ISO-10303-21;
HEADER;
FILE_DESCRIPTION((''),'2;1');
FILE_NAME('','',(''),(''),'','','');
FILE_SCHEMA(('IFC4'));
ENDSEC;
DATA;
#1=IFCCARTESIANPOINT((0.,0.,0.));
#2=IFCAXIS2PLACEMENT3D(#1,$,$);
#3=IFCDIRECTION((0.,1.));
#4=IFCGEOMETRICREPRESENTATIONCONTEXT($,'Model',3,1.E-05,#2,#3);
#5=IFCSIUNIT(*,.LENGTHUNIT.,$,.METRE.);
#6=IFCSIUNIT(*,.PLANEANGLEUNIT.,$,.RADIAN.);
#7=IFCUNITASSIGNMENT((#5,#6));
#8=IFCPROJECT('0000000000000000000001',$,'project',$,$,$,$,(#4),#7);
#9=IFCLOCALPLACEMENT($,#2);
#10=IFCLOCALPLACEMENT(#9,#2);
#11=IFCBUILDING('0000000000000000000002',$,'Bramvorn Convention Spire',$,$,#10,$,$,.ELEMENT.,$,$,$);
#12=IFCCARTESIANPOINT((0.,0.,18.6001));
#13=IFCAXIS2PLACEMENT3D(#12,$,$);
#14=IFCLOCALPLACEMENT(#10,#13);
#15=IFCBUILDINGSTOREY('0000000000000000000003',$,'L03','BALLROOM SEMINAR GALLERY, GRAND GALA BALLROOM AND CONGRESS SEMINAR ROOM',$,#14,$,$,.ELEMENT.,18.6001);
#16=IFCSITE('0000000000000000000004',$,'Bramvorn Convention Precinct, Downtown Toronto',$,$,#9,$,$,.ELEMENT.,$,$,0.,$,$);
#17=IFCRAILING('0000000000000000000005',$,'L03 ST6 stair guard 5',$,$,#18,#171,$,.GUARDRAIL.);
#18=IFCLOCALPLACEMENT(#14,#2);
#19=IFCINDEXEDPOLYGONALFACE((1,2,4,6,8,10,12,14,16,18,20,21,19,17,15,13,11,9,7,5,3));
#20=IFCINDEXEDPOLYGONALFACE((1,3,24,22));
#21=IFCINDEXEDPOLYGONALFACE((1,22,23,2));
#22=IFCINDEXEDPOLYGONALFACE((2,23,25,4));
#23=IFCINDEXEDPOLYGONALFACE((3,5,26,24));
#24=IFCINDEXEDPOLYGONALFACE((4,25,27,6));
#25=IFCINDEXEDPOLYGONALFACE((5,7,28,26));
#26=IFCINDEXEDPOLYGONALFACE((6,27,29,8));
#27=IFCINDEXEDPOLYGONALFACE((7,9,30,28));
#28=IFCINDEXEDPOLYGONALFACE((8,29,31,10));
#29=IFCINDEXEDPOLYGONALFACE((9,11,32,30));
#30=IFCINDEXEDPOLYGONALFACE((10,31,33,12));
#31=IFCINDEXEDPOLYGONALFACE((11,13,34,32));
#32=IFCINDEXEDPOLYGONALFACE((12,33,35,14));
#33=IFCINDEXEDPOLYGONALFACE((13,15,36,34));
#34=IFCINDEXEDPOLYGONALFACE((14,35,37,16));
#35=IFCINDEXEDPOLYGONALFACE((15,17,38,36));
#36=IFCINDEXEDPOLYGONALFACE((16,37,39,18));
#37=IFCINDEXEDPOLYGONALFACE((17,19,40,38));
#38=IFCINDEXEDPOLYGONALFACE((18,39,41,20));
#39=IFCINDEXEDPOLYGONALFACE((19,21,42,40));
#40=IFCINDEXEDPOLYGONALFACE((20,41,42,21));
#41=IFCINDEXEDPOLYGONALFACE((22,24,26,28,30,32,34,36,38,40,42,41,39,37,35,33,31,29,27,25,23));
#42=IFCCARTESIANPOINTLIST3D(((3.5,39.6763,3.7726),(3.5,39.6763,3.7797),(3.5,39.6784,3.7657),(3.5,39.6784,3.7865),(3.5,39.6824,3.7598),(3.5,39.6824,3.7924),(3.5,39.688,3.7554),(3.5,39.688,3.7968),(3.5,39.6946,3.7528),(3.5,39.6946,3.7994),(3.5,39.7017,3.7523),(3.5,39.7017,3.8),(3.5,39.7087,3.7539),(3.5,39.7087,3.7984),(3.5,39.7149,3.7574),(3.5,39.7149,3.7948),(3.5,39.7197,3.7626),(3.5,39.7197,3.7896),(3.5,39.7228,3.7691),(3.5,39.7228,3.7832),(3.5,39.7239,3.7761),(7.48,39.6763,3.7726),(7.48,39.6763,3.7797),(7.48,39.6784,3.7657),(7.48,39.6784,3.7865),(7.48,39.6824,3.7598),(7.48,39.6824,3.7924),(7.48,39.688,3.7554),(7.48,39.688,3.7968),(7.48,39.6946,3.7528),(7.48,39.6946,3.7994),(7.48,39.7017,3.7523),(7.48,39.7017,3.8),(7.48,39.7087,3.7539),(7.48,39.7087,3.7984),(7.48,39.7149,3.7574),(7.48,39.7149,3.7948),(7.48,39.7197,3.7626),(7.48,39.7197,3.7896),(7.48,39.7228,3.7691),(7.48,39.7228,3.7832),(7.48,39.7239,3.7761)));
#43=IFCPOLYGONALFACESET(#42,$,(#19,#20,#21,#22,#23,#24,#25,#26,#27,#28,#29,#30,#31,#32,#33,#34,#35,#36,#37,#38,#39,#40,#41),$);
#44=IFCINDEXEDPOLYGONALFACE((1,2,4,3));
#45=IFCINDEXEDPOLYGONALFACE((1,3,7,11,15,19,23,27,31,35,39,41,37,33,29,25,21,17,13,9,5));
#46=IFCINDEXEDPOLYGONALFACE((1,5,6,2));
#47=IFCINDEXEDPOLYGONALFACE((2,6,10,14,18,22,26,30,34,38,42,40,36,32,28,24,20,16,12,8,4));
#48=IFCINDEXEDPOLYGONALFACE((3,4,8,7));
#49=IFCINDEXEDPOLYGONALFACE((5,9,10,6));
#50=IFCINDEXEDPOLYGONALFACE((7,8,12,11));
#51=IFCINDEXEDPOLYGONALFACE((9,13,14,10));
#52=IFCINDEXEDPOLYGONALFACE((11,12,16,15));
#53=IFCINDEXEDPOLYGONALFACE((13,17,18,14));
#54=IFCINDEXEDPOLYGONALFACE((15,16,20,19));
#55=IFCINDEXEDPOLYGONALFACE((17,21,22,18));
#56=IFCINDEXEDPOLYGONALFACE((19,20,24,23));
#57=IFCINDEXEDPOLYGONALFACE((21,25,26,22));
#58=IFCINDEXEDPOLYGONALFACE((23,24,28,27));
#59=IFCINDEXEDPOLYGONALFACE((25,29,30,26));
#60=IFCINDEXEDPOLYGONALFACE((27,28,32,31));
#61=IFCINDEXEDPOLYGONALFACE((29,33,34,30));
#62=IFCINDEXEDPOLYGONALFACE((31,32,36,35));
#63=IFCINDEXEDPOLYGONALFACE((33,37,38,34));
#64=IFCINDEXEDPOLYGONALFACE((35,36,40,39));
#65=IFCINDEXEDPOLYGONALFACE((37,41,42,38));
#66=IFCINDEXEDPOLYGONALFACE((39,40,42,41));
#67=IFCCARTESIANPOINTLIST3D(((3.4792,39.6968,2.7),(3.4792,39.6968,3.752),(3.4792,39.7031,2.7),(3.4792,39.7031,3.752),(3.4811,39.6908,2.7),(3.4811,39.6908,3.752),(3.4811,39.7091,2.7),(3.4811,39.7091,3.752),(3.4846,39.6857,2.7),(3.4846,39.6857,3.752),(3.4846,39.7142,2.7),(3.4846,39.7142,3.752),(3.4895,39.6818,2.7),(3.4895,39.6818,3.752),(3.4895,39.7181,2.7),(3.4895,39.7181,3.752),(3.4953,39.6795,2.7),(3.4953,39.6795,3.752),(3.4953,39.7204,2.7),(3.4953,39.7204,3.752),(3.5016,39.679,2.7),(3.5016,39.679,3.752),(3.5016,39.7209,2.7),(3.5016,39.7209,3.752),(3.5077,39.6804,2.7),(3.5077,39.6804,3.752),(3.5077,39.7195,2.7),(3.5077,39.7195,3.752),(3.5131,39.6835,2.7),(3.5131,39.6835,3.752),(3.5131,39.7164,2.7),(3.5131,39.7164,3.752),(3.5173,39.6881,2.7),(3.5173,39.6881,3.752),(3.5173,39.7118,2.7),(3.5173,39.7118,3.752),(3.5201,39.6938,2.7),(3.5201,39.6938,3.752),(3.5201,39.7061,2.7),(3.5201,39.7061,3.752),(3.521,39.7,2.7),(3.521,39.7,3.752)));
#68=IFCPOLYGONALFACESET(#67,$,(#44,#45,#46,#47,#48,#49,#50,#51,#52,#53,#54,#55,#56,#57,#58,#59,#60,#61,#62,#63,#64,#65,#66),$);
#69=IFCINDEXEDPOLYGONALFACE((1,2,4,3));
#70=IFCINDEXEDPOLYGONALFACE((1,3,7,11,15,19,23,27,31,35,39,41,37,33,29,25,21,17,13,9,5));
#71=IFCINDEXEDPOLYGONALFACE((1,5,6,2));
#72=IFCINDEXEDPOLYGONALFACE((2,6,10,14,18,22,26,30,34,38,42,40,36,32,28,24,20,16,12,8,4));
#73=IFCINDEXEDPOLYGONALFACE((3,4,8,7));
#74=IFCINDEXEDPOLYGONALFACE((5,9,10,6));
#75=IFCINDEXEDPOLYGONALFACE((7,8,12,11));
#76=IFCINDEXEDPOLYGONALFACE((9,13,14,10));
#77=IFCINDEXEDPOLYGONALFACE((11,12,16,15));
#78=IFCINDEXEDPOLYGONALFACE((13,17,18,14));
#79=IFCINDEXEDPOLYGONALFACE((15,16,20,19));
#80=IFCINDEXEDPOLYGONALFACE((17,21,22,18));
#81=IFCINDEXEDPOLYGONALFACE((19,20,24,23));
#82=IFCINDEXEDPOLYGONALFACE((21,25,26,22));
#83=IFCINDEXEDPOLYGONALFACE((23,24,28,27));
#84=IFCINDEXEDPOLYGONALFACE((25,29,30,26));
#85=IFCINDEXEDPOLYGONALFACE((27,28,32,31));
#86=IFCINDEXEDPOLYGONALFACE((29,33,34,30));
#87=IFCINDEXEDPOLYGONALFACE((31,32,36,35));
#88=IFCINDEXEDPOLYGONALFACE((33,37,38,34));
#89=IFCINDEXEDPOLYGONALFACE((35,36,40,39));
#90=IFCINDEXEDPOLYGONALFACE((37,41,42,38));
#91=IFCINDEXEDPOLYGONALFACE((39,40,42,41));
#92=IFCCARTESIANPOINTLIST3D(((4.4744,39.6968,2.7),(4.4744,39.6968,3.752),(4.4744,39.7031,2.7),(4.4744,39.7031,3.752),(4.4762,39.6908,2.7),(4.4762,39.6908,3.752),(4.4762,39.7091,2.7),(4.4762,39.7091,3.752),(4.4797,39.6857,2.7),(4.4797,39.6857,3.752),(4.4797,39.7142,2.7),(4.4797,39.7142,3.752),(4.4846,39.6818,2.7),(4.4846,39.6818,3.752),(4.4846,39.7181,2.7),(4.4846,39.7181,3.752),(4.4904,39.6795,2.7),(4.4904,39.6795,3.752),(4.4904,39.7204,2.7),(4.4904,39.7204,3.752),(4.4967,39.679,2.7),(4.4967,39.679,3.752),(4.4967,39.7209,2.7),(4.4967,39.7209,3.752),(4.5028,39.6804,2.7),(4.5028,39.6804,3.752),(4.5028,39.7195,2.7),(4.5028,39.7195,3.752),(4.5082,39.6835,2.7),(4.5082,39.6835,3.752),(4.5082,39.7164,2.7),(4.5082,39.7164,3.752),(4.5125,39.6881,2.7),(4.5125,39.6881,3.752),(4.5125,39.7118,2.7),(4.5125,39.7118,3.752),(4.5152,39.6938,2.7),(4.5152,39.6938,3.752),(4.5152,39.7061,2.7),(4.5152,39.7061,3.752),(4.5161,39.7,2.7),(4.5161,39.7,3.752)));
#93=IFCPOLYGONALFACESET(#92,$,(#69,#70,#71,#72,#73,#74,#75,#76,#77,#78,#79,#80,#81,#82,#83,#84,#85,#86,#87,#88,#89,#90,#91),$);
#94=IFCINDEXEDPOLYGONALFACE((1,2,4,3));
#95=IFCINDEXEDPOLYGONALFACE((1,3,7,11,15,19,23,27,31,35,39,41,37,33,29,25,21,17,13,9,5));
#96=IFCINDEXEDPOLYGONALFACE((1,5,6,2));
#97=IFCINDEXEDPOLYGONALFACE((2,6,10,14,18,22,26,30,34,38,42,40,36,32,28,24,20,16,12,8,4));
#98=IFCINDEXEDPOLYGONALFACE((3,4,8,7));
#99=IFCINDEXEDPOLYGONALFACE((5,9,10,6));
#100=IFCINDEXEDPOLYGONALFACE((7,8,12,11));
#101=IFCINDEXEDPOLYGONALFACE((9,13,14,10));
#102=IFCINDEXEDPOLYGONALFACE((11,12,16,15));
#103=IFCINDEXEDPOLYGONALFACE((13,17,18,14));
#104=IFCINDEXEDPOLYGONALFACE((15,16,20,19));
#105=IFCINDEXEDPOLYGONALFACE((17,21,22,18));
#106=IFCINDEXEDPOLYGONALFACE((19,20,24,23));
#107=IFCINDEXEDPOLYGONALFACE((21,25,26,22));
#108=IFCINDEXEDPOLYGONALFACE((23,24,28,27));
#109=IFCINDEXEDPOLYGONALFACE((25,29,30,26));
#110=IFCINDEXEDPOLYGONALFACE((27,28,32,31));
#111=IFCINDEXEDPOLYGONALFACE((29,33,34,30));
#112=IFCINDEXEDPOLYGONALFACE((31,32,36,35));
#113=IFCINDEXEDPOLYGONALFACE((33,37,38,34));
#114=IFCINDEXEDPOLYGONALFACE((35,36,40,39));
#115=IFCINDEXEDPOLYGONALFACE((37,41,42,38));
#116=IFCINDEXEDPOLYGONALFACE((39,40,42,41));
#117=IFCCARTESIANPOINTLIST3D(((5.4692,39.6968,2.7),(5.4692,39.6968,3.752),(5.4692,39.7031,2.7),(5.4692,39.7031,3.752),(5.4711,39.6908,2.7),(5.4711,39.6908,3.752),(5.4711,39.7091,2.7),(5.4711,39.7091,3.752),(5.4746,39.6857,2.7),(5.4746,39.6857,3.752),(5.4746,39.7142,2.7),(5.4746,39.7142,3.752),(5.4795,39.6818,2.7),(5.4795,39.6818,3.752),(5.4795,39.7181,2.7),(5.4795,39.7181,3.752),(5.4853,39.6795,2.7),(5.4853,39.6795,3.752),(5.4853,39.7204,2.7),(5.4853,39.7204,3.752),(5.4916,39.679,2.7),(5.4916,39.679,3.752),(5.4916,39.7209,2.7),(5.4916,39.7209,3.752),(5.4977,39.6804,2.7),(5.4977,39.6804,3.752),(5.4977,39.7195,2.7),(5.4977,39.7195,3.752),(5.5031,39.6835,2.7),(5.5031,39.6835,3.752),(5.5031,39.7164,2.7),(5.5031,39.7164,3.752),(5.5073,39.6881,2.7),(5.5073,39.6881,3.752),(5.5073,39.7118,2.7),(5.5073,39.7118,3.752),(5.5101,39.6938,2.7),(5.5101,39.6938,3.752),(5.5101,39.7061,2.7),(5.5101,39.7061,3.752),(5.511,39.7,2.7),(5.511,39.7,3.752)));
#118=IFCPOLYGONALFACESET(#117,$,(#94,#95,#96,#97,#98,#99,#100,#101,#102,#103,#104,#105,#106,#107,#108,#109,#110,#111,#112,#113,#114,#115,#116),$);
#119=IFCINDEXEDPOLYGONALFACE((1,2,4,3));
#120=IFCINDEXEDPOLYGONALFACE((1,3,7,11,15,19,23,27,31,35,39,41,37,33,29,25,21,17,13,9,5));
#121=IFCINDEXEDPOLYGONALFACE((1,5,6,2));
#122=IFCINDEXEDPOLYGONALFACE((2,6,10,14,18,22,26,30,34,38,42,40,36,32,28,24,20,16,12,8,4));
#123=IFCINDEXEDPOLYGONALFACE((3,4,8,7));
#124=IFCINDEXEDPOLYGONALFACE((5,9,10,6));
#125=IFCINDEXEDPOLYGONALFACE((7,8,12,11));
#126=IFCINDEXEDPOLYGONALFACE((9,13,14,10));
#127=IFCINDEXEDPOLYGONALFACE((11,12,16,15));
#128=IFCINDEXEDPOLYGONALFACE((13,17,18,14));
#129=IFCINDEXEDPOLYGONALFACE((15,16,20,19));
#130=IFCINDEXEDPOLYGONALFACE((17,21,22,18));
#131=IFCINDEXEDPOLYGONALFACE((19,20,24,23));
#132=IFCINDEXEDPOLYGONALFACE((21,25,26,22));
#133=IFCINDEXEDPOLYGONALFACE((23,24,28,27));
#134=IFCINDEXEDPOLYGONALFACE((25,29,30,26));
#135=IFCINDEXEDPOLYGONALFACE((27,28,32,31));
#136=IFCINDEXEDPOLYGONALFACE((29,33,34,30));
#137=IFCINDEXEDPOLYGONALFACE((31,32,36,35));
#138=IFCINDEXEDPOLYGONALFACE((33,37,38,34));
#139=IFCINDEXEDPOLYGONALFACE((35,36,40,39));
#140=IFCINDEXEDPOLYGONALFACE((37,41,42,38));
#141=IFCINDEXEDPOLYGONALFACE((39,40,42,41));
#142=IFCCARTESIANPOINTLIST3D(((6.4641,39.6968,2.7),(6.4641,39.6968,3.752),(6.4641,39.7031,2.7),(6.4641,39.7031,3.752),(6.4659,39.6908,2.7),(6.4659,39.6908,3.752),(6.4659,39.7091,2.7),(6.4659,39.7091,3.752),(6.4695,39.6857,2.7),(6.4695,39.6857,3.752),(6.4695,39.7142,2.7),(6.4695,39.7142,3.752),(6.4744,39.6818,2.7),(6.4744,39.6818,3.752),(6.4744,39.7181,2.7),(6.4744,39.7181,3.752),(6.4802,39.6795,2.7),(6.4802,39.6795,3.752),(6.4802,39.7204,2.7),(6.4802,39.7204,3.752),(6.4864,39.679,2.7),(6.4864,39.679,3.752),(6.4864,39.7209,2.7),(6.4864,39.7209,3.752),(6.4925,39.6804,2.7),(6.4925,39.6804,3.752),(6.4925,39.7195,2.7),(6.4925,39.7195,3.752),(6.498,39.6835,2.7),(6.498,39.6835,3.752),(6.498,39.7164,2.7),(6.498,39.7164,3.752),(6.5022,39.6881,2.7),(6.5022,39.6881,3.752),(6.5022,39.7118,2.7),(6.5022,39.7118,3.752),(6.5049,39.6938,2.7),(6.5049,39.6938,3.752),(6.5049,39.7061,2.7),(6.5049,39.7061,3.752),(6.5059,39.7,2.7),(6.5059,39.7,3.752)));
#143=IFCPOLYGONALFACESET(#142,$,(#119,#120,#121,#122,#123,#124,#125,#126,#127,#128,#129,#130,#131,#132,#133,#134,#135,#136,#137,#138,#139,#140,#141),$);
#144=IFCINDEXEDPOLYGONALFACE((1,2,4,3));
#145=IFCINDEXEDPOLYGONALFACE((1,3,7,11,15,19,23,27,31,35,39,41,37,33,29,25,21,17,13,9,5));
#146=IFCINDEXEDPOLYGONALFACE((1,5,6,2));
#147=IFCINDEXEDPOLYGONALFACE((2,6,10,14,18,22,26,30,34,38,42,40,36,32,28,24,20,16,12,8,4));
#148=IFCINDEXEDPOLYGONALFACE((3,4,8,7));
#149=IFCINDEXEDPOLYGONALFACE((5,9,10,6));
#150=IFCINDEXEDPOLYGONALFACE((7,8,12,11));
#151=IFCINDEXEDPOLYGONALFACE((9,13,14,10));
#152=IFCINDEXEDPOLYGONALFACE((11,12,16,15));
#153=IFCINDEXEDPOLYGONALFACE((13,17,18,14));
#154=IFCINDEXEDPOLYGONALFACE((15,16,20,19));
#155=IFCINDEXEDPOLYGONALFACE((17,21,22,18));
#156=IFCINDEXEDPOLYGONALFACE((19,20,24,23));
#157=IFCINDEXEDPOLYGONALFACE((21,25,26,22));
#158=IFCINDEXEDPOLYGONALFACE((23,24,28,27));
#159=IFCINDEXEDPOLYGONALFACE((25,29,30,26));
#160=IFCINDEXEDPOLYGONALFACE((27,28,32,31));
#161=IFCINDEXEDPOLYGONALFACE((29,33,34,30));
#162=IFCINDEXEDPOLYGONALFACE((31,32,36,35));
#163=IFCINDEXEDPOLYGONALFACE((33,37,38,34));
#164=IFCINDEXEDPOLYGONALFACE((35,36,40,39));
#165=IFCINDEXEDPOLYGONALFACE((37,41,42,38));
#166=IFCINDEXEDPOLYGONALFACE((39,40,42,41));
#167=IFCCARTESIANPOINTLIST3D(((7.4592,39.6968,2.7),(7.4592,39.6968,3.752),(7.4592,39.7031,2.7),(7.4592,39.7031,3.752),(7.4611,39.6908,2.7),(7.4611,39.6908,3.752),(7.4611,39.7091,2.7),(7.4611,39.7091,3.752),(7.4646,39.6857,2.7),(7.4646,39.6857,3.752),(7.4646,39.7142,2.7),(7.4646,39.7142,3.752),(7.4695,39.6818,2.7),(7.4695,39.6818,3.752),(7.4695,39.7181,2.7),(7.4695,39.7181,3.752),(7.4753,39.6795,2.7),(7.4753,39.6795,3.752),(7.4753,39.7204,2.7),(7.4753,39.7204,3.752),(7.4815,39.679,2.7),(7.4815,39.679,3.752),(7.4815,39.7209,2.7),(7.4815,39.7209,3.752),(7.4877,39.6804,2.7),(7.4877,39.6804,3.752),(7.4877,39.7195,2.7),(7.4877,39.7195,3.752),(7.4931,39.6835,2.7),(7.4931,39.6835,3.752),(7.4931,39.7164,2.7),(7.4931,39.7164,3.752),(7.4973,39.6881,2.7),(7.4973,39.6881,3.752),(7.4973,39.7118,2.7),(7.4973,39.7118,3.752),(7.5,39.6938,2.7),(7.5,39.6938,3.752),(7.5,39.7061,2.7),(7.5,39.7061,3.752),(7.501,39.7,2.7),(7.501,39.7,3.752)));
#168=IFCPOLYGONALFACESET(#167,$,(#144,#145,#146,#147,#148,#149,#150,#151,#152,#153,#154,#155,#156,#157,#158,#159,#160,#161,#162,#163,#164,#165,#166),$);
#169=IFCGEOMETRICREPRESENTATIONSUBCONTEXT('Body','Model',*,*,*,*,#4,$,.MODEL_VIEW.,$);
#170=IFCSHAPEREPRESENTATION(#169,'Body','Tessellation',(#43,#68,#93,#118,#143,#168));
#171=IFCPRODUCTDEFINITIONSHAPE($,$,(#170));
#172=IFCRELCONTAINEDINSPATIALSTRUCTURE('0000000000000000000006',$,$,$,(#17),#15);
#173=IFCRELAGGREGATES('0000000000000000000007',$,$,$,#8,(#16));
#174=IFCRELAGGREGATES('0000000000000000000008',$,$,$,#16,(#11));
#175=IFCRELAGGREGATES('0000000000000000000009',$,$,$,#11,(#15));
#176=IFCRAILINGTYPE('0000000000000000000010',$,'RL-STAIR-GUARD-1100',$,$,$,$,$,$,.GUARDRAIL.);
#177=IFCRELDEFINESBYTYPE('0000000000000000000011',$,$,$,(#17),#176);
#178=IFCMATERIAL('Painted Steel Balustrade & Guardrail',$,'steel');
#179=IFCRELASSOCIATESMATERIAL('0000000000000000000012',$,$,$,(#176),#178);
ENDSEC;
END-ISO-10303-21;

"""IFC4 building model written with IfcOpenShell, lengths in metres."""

from ifc_helpers import new_model, si_unit, direction, frame, origin, origin_2d, place, context, subcontext, project, spatial, circle, extrude, material, type_object, element, save


model = new_model("IFC4")

# Units and contexts
model_context = context("Model", 3, precision=1e-05, world=origin(), true_north=direction((0.0, 1.0)))
body_context = subcontext(model_context, "Body", "Model", "MODEL_VIEW")
ifc_project = project(units=[si_unit("LENGTHUNIT", "METRE"), si_unit("PLANEANGLEUNIT", "RADIAN")], contexts=[model_context])

# Site, building, storey
site_placement = place(None, origin())
site = spatial("IfcSite", under=ifc_project, at=site_placement, Name="Bramvorn Convention Precinct, Downtown Toronto", CompositionType="ELEMENT", RefElevation=0.0)
building_placement = place(site_placement, origin())
building = spatial("IfcBuilding", under=site, at=building_placement, Name="Bramvorn Convention Spire", CompositionType="ELEMENT")
storey_placement = place(building_placement, frame((0.0, 0.0, 18.6001)))
storey = spatial("IfcBuildingStorey", under=building, at=storey_placement, Name="L03", Description="BALLROOM SEMINAR GALLERY, GRAND GALA BALLROOM AND CONGRESS SEMINAR ROOM", CompositionType="ELEMENT", Elevation=18.6001)

# Railing
ifc_material_1 = material(Name="Painted Steel Balustrade & Guardrail", Category="steel")
railing_type = type_object("IfcRailingType", Name="RL-STAIR-GUARD-1100", PredefinedType="GUARDRAIL", material=ifc_material_1)
railing_1_placement = place(storey_placement, frame((3.5, 39.7, 2.7)))
element("IfcRailing", 1, at=railing_1_placement, inside=storey, type_object=railing_type, Name="L03 ST6 stair guard 5", PredefinedType="GUARDRAIL", context=body_context, shape_type="SweptSolid", body=[
    extrude(circle(Radius=0.0239, at=origin_2d()), frame((0.0, 0.0, 1.0762), z_axis=(1.0, 0.0, 0.0), x_axis=(0.0, 1.0, 0.0)), (0.0, 0.0, 1.0), 3.98),
    extrude(circle(Radius=0.021, at=origin_2d()), origin(), (0.0, 0.0, 1.0), 1.052),
    extrude(circle(Radius=0.021, at=origin_2d()), frame((0.9951, 0.0, 0.0)), (0.0, 0.0, 1.0), 1.052),
    extrude(circle(Radius=0.021, at=origin_2d()), frame((1.99, 0.0, 0.0)), (0.0, 0.0, 1.0), 1.052),
    extrude(circle(Radius=0.021, at=origin_2d()), frame((2.9849, 0.0, 0.0)), (0.0, 0.0, 1.0), 1.052),
    extrude(circle(Radius=0.021, at=origin_2d()), frame((3.98, 0.0, 0.0)), (0.0, 0.0, 1.0), 1.052),
])

save(model, "model.ifc")
